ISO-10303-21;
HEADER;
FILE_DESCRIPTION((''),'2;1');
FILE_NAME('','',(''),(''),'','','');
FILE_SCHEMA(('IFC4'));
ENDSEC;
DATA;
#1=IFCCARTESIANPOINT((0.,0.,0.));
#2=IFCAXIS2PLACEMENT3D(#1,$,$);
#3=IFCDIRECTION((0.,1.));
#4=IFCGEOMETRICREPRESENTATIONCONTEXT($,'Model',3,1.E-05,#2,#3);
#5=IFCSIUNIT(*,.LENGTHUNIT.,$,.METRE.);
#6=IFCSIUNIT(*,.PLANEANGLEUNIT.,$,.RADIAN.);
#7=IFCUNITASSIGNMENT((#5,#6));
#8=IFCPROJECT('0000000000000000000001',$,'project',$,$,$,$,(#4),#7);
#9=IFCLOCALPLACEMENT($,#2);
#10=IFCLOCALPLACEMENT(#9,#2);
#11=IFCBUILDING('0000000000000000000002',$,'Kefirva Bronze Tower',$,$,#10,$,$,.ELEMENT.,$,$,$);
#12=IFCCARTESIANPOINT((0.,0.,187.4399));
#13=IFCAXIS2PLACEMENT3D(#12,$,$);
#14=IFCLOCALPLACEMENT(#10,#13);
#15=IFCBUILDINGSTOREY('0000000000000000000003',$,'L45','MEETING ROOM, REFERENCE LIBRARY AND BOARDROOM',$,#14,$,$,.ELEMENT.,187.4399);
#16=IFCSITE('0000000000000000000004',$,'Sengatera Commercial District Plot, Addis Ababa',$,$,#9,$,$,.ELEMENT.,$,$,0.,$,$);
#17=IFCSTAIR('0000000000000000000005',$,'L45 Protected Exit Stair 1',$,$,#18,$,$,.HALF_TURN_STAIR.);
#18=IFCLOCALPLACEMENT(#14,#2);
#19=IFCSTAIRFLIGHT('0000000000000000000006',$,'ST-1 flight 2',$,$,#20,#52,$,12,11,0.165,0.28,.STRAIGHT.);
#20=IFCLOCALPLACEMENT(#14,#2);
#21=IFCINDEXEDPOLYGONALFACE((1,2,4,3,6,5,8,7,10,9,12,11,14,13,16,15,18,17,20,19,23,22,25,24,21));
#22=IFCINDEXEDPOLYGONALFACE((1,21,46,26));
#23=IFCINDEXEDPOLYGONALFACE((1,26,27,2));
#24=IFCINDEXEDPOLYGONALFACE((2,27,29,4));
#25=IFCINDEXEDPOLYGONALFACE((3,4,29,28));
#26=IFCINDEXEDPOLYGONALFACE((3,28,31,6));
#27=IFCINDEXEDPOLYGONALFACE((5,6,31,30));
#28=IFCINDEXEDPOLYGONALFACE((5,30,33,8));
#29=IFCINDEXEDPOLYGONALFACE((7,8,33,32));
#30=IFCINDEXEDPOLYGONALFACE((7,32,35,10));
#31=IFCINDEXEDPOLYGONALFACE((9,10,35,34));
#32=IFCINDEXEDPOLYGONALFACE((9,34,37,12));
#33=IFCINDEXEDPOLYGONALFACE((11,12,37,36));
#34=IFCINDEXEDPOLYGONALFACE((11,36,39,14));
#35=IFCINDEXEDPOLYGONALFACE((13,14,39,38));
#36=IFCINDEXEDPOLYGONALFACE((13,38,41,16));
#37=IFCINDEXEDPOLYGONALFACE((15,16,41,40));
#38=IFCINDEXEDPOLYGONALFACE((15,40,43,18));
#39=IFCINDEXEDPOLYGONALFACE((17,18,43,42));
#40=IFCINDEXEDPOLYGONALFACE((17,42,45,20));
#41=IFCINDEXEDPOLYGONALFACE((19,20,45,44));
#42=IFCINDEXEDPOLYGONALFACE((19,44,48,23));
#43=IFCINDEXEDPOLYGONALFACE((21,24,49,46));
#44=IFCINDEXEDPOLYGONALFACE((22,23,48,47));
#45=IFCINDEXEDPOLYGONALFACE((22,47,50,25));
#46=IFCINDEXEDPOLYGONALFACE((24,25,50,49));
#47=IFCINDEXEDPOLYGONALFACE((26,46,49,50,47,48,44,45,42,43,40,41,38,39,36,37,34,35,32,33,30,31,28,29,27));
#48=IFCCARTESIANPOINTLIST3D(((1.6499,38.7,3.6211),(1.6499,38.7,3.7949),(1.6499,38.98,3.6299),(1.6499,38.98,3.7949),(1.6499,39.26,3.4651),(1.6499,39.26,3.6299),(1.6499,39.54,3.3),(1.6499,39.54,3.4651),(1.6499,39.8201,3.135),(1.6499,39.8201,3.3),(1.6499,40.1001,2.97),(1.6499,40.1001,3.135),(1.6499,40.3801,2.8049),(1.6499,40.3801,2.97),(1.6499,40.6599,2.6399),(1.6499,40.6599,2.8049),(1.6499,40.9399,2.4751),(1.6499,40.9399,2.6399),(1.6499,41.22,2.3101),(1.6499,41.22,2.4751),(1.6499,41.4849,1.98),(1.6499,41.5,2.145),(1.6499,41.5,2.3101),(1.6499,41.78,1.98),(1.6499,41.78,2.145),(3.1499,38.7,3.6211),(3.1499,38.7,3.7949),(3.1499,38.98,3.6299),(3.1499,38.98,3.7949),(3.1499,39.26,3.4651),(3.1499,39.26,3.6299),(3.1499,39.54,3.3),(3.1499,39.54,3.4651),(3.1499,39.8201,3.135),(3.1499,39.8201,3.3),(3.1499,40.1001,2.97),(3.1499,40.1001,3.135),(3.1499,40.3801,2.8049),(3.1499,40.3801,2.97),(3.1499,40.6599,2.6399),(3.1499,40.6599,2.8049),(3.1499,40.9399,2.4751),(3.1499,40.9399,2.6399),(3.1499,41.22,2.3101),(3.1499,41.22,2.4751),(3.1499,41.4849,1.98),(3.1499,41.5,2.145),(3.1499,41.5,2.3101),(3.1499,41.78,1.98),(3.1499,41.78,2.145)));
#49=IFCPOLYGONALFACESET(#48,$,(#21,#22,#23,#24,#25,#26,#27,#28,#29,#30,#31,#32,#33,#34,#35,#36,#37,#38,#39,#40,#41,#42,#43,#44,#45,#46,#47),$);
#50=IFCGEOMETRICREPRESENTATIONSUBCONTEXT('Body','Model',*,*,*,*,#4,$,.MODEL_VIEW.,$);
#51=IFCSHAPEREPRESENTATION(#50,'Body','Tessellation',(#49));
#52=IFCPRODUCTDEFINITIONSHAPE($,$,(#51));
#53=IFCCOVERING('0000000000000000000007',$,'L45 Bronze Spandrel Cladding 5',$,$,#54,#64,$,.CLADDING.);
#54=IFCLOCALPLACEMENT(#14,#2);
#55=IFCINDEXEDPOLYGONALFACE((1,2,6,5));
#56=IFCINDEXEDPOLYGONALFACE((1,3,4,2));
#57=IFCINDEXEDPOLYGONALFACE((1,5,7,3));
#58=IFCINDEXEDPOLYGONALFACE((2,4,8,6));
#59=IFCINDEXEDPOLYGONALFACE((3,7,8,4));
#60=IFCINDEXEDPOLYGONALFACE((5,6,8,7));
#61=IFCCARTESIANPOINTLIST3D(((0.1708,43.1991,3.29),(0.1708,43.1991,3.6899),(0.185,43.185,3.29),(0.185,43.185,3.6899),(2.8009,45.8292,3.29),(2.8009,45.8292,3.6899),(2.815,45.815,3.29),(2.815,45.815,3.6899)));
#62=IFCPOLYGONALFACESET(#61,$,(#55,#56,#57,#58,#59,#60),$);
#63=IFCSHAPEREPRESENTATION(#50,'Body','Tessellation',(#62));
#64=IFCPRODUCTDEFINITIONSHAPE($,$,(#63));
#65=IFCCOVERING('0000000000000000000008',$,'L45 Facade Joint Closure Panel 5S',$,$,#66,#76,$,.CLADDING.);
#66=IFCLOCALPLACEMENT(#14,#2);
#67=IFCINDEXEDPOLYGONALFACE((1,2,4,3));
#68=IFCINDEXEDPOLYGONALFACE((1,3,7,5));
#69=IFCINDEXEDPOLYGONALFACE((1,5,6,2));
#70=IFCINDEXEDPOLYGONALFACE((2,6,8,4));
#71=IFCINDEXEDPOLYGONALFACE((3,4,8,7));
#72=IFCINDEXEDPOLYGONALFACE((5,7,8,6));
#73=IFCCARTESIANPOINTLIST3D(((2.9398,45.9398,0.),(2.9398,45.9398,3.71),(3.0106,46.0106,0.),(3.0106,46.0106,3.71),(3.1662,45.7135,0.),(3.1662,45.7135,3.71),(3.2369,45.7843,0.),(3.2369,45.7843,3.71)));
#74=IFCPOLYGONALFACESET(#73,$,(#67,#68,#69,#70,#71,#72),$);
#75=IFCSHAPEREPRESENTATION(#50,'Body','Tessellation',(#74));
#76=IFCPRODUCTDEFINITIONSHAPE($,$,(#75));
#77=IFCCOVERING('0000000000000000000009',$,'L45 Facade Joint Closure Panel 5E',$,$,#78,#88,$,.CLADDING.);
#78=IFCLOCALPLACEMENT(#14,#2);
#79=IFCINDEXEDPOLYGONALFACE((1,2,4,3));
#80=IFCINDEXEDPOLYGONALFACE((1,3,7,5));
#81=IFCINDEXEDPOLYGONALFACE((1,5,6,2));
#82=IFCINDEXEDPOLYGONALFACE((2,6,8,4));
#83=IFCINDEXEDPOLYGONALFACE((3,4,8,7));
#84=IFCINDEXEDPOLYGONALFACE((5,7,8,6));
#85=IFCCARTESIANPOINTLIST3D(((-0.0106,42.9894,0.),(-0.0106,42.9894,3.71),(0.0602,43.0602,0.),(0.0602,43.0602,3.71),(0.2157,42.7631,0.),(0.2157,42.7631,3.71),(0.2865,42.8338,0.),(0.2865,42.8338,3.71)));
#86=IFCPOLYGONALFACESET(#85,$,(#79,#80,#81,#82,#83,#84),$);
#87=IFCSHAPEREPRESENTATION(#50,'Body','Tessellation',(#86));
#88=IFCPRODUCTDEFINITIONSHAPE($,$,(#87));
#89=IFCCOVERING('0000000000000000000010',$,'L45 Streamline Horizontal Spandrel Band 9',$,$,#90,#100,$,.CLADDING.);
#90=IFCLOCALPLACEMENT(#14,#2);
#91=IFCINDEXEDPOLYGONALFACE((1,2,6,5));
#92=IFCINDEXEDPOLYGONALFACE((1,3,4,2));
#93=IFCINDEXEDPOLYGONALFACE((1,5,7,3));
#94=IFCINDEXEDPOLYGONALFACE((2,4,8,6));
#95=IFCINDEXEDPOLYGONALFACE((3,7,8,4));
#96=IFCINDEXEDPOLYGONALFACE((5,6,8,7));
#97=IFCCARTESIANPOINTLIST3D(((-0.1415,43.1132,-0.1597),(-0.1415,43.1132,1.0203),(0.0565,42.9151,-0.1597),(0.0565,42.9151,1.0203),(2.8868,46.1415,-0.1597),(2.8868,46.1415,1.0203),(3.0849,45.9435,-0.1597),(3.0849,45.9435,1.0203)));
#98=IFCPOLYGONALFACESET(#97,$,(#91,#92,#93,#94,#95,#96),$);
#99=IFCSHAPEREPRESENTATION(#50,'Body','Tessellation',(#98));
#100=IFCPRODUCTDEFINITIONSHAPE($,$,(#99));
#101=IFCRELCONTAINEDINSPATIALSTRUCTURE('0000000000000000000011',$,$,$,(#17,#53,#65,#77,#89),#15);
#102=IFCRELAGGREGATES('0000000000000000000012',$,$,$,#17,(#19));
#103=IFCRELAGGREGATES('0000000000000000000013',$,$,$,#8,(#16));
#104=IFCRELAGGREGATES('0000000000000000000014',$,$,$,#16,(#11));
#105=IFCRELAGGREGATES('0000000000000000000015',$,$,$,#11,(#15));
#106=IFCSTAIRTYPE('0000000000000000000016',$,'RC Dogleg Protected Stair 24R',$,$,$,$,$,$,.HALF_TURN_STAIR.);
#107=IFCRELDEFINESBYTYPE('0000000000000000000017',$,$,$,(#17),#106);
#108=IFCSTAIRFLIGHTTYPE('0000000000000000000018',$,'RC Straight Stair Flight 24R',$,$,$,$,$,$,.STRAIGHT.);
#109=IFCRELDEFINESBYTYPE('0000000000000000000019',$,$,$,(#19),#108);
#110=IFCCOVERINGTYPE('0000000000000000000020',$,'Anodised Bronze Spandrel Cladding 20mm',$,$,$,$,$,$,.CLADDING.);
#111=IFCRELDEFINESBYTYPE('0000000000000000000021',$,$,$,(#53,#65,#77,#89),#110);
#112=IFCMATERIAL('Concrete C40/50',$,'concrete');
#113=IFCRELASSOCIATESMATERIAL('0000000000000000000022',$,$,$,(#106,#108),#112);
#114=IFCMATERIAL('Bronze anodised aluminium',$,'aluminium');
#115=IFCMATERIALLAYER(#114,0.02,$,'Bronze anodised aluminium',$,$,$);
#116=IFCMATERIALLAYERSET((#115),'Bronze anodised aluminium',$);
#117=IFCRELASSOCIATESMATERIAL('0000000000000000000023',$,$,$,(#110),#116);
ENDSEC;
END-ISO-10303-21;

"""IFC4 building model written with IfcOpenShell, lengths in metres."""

from ifc_helpers import new_model, si_unit, direction, frame, origin, origin_2d, place, context, subcontext, project, spatial, polyline, rectangle, outline, extrude, material, layer, layer_set, type_object, element, aggregate, save


model = new_model("IFC4")

# Units and contexts
model_context = context("Model", 3, precision=1e-05, world=origin(), true_north=direction((0.0, 1.0)))
body_context = subcontext(model_context, "Body", "Model", "MODEL_VIEW")
ifc_project = project(units=[si_unit("LENGTHUNIT", "METRE"), si_unit("PLANEANGLEUNIT", "RADIAN")], contexts=[model_context])

# Site, building, storey
site_placement = place(None, origin())
site = spatial("IfcSite", under=ifc_project, at=site_placement, Name="Sengatera Commercial District Plot, Addis Ababa", CompositionType="ELEMENT", RefElevation=0.0)
building_placement = place(site_placement, origin())
building = spatial("IfcBuilding", under=site, at=building_placement, Name="Kefirva Bronze Tower", CompositionType="ELEMENT")
storey_placement = place(building_placement, frame((0.0, 0.0, 187.4399)))
storey = spatial("IfcBuildingStorey", under=building, at=storey_placement, Name="L45", Description="MEETING ROOM, REFERENCE LIBRARY AND BOARDROOM", CompositionType="ELEMENT", Elevation=187.4399)

# Shared definitions
ifc_material_1 = material(Name="Bronze anodised aluminium", Category="aluminium")

# Stair, stair flight
ifc_material_2 = material(Name="Concrete C40/50", Category="concrete")
stair_type = type_object("IfcStairType", Name="RC Dogleg Protected Stair 24R", PredefinedType="HALF_TURN_STAIR", material=ifc_material_2)
stair_placement = place(storey_placement, origin())
stair = element("IfcStair", 1, at=stair_placement, inside=storey, type_object=stair_type, Name="L45 Protected Exit Stair 1", PredefinedType="HALF_TURN_STAIR")
stair_flight_type = type_object("IfcStairFlightType", Name="RC Straight Stair Flight 24R", PredefinedType="STRAIGHT", material=ifc_material_2)
stair_flight_1_placement = place(storey_placement, frame((2.3999, 41.78, 1.98), z_axis=(0.0, 0.0, 1.0), x_axis=(0.0, -1.0, 0.0)))
stair_flight_1 = element("IfcStairFlight", 2, at=stair_flight_1_placement, type_object=stair_flight_type, Name="ST-1 flight 2", NumberOfRisers=12, NumberOfTreads=11, PredefinedType="STRAIGHT", RiserHeight=0.165, TreadLength=0.28, context=body_context, shape_type="SweptSolid", body=[
    extrude(outline(polyline([(0.0, 0.0), (0.0, 0.165), (0.28, 0.165), (0.28, 0.3301), (0.5601, 0.3301), (0.5601, 0.4951), (0.8401, 0.4951), (0.8401, 0.6599), (1.1201, 0.6599), (1.1201, 0.825), (1.3999, 0.825), (1.3999, 0.99), (1.6799, 0.99), (1.6799, 1.155), (1.96, 1.155), (1.96, 1.3201), (2.24, 1.3201), (2.24, 1.4851), (2.52, 1.4851), (2.52, 1.6499), (2.8, 1.6499), (2.8, 1.8149), (3.0801, 1.8149), (3.0801, 1.98), (3.0801, 1.6411), (0.2952, 0.0), (0.0, 0.0)])), frame((0.0, 0.75, 0.0), z_axis=(0.0, -1.0, 0.0), x_axis=(1.0, 0.0, 0.0)), (0.0, 0.0, 1.0), 1.5),
])
aggregate(stair, [stair_flight_1])

# Coverings
ifc_layer_1 = layer(ifc_material_1, 0.02, Name="Bronze anodised aluminium")
ifc_layer_set_1 = layer_set([ifc_layer_1], Name="Bronze anodised aluminium")
covering_type_1 = type_object("IfcCoveringType", Name="Anodised Bronze Spandrel Cladding 20mm", PredefinedType="CLADDING", material=ifc_layer_set_1)
covering_1_placement = place(storey_placement, frame((1.4929, 44.5071, 3.29), z_axis=(0.0, 0.0, 1.0), x_axis=(-0.707107, -0.707107, 0.0)))
element("IfcCovering", 3, at=covering_1_placement, inside=storey, type_object=covering_type_1, Name="L45 Bronze Spandrel Cladding 5", PredefinedType="CLADDING", context=body_context, shape_type="SweptSolid", body=[
    extrude(rectangle(XDim=3.7195, YDim=0.02, at=origin_2d()), origin(), (0.0, 0.0, 1.0), 0.3999),
])
for number, where, z_axis, x_axis, name in (
    (4, (3.0884, 45.8621, 0.0), (0.0, 0.0, 1.0), (-0.707107, -0.707107, 0.0), "L45 Facade Joint Closure Panel 5S"),
    (5, (0.1379, 42.9116, 0.0), (0.0, 0.0, 1.0), (-0.707107, -0.707107, 0.0), "L45 Facade Joint Closure Panel 5E"),
):
    element("IfcCovering", number, at=place(storey_placement, frame(where, z_axis=z_axis, x_axis=x_axis)), inside=storey, type_object=covering_type_1, Name=name, PredefinedType="CLADDING", context=body_context, shape_type="SweptSolid", body=[
        extrude(rectangle(XDim=0.1001, YDim=0.3201, at=origin_2d()), origin(), (0.0, 0.0, 1.0), 3.71),
    ])
covering_2_placement = place(storey_placement, frame((1.4717, 44.5283, -0.1597), z_axis=(0.0, 0.0, 1.0), x_axis=(-0.707107, -0.707107, 0.0)))
element("IfcCovering", 6, at=covering_2_placement, inside=storey, type_object=covering_type_1, Name="L45 Streamline Horizontal Spandrel Band 9", PredefinedType="CLADDING", context=body_context, shape_type="SweptSolid", body=[
    extrude(rectangle(XDim=4.2827, YDim=0.28, at=origin_2d()), origin(), (0.0, 0.0, 1.0), 1.1799),
])

save(model, "model.ifc")
